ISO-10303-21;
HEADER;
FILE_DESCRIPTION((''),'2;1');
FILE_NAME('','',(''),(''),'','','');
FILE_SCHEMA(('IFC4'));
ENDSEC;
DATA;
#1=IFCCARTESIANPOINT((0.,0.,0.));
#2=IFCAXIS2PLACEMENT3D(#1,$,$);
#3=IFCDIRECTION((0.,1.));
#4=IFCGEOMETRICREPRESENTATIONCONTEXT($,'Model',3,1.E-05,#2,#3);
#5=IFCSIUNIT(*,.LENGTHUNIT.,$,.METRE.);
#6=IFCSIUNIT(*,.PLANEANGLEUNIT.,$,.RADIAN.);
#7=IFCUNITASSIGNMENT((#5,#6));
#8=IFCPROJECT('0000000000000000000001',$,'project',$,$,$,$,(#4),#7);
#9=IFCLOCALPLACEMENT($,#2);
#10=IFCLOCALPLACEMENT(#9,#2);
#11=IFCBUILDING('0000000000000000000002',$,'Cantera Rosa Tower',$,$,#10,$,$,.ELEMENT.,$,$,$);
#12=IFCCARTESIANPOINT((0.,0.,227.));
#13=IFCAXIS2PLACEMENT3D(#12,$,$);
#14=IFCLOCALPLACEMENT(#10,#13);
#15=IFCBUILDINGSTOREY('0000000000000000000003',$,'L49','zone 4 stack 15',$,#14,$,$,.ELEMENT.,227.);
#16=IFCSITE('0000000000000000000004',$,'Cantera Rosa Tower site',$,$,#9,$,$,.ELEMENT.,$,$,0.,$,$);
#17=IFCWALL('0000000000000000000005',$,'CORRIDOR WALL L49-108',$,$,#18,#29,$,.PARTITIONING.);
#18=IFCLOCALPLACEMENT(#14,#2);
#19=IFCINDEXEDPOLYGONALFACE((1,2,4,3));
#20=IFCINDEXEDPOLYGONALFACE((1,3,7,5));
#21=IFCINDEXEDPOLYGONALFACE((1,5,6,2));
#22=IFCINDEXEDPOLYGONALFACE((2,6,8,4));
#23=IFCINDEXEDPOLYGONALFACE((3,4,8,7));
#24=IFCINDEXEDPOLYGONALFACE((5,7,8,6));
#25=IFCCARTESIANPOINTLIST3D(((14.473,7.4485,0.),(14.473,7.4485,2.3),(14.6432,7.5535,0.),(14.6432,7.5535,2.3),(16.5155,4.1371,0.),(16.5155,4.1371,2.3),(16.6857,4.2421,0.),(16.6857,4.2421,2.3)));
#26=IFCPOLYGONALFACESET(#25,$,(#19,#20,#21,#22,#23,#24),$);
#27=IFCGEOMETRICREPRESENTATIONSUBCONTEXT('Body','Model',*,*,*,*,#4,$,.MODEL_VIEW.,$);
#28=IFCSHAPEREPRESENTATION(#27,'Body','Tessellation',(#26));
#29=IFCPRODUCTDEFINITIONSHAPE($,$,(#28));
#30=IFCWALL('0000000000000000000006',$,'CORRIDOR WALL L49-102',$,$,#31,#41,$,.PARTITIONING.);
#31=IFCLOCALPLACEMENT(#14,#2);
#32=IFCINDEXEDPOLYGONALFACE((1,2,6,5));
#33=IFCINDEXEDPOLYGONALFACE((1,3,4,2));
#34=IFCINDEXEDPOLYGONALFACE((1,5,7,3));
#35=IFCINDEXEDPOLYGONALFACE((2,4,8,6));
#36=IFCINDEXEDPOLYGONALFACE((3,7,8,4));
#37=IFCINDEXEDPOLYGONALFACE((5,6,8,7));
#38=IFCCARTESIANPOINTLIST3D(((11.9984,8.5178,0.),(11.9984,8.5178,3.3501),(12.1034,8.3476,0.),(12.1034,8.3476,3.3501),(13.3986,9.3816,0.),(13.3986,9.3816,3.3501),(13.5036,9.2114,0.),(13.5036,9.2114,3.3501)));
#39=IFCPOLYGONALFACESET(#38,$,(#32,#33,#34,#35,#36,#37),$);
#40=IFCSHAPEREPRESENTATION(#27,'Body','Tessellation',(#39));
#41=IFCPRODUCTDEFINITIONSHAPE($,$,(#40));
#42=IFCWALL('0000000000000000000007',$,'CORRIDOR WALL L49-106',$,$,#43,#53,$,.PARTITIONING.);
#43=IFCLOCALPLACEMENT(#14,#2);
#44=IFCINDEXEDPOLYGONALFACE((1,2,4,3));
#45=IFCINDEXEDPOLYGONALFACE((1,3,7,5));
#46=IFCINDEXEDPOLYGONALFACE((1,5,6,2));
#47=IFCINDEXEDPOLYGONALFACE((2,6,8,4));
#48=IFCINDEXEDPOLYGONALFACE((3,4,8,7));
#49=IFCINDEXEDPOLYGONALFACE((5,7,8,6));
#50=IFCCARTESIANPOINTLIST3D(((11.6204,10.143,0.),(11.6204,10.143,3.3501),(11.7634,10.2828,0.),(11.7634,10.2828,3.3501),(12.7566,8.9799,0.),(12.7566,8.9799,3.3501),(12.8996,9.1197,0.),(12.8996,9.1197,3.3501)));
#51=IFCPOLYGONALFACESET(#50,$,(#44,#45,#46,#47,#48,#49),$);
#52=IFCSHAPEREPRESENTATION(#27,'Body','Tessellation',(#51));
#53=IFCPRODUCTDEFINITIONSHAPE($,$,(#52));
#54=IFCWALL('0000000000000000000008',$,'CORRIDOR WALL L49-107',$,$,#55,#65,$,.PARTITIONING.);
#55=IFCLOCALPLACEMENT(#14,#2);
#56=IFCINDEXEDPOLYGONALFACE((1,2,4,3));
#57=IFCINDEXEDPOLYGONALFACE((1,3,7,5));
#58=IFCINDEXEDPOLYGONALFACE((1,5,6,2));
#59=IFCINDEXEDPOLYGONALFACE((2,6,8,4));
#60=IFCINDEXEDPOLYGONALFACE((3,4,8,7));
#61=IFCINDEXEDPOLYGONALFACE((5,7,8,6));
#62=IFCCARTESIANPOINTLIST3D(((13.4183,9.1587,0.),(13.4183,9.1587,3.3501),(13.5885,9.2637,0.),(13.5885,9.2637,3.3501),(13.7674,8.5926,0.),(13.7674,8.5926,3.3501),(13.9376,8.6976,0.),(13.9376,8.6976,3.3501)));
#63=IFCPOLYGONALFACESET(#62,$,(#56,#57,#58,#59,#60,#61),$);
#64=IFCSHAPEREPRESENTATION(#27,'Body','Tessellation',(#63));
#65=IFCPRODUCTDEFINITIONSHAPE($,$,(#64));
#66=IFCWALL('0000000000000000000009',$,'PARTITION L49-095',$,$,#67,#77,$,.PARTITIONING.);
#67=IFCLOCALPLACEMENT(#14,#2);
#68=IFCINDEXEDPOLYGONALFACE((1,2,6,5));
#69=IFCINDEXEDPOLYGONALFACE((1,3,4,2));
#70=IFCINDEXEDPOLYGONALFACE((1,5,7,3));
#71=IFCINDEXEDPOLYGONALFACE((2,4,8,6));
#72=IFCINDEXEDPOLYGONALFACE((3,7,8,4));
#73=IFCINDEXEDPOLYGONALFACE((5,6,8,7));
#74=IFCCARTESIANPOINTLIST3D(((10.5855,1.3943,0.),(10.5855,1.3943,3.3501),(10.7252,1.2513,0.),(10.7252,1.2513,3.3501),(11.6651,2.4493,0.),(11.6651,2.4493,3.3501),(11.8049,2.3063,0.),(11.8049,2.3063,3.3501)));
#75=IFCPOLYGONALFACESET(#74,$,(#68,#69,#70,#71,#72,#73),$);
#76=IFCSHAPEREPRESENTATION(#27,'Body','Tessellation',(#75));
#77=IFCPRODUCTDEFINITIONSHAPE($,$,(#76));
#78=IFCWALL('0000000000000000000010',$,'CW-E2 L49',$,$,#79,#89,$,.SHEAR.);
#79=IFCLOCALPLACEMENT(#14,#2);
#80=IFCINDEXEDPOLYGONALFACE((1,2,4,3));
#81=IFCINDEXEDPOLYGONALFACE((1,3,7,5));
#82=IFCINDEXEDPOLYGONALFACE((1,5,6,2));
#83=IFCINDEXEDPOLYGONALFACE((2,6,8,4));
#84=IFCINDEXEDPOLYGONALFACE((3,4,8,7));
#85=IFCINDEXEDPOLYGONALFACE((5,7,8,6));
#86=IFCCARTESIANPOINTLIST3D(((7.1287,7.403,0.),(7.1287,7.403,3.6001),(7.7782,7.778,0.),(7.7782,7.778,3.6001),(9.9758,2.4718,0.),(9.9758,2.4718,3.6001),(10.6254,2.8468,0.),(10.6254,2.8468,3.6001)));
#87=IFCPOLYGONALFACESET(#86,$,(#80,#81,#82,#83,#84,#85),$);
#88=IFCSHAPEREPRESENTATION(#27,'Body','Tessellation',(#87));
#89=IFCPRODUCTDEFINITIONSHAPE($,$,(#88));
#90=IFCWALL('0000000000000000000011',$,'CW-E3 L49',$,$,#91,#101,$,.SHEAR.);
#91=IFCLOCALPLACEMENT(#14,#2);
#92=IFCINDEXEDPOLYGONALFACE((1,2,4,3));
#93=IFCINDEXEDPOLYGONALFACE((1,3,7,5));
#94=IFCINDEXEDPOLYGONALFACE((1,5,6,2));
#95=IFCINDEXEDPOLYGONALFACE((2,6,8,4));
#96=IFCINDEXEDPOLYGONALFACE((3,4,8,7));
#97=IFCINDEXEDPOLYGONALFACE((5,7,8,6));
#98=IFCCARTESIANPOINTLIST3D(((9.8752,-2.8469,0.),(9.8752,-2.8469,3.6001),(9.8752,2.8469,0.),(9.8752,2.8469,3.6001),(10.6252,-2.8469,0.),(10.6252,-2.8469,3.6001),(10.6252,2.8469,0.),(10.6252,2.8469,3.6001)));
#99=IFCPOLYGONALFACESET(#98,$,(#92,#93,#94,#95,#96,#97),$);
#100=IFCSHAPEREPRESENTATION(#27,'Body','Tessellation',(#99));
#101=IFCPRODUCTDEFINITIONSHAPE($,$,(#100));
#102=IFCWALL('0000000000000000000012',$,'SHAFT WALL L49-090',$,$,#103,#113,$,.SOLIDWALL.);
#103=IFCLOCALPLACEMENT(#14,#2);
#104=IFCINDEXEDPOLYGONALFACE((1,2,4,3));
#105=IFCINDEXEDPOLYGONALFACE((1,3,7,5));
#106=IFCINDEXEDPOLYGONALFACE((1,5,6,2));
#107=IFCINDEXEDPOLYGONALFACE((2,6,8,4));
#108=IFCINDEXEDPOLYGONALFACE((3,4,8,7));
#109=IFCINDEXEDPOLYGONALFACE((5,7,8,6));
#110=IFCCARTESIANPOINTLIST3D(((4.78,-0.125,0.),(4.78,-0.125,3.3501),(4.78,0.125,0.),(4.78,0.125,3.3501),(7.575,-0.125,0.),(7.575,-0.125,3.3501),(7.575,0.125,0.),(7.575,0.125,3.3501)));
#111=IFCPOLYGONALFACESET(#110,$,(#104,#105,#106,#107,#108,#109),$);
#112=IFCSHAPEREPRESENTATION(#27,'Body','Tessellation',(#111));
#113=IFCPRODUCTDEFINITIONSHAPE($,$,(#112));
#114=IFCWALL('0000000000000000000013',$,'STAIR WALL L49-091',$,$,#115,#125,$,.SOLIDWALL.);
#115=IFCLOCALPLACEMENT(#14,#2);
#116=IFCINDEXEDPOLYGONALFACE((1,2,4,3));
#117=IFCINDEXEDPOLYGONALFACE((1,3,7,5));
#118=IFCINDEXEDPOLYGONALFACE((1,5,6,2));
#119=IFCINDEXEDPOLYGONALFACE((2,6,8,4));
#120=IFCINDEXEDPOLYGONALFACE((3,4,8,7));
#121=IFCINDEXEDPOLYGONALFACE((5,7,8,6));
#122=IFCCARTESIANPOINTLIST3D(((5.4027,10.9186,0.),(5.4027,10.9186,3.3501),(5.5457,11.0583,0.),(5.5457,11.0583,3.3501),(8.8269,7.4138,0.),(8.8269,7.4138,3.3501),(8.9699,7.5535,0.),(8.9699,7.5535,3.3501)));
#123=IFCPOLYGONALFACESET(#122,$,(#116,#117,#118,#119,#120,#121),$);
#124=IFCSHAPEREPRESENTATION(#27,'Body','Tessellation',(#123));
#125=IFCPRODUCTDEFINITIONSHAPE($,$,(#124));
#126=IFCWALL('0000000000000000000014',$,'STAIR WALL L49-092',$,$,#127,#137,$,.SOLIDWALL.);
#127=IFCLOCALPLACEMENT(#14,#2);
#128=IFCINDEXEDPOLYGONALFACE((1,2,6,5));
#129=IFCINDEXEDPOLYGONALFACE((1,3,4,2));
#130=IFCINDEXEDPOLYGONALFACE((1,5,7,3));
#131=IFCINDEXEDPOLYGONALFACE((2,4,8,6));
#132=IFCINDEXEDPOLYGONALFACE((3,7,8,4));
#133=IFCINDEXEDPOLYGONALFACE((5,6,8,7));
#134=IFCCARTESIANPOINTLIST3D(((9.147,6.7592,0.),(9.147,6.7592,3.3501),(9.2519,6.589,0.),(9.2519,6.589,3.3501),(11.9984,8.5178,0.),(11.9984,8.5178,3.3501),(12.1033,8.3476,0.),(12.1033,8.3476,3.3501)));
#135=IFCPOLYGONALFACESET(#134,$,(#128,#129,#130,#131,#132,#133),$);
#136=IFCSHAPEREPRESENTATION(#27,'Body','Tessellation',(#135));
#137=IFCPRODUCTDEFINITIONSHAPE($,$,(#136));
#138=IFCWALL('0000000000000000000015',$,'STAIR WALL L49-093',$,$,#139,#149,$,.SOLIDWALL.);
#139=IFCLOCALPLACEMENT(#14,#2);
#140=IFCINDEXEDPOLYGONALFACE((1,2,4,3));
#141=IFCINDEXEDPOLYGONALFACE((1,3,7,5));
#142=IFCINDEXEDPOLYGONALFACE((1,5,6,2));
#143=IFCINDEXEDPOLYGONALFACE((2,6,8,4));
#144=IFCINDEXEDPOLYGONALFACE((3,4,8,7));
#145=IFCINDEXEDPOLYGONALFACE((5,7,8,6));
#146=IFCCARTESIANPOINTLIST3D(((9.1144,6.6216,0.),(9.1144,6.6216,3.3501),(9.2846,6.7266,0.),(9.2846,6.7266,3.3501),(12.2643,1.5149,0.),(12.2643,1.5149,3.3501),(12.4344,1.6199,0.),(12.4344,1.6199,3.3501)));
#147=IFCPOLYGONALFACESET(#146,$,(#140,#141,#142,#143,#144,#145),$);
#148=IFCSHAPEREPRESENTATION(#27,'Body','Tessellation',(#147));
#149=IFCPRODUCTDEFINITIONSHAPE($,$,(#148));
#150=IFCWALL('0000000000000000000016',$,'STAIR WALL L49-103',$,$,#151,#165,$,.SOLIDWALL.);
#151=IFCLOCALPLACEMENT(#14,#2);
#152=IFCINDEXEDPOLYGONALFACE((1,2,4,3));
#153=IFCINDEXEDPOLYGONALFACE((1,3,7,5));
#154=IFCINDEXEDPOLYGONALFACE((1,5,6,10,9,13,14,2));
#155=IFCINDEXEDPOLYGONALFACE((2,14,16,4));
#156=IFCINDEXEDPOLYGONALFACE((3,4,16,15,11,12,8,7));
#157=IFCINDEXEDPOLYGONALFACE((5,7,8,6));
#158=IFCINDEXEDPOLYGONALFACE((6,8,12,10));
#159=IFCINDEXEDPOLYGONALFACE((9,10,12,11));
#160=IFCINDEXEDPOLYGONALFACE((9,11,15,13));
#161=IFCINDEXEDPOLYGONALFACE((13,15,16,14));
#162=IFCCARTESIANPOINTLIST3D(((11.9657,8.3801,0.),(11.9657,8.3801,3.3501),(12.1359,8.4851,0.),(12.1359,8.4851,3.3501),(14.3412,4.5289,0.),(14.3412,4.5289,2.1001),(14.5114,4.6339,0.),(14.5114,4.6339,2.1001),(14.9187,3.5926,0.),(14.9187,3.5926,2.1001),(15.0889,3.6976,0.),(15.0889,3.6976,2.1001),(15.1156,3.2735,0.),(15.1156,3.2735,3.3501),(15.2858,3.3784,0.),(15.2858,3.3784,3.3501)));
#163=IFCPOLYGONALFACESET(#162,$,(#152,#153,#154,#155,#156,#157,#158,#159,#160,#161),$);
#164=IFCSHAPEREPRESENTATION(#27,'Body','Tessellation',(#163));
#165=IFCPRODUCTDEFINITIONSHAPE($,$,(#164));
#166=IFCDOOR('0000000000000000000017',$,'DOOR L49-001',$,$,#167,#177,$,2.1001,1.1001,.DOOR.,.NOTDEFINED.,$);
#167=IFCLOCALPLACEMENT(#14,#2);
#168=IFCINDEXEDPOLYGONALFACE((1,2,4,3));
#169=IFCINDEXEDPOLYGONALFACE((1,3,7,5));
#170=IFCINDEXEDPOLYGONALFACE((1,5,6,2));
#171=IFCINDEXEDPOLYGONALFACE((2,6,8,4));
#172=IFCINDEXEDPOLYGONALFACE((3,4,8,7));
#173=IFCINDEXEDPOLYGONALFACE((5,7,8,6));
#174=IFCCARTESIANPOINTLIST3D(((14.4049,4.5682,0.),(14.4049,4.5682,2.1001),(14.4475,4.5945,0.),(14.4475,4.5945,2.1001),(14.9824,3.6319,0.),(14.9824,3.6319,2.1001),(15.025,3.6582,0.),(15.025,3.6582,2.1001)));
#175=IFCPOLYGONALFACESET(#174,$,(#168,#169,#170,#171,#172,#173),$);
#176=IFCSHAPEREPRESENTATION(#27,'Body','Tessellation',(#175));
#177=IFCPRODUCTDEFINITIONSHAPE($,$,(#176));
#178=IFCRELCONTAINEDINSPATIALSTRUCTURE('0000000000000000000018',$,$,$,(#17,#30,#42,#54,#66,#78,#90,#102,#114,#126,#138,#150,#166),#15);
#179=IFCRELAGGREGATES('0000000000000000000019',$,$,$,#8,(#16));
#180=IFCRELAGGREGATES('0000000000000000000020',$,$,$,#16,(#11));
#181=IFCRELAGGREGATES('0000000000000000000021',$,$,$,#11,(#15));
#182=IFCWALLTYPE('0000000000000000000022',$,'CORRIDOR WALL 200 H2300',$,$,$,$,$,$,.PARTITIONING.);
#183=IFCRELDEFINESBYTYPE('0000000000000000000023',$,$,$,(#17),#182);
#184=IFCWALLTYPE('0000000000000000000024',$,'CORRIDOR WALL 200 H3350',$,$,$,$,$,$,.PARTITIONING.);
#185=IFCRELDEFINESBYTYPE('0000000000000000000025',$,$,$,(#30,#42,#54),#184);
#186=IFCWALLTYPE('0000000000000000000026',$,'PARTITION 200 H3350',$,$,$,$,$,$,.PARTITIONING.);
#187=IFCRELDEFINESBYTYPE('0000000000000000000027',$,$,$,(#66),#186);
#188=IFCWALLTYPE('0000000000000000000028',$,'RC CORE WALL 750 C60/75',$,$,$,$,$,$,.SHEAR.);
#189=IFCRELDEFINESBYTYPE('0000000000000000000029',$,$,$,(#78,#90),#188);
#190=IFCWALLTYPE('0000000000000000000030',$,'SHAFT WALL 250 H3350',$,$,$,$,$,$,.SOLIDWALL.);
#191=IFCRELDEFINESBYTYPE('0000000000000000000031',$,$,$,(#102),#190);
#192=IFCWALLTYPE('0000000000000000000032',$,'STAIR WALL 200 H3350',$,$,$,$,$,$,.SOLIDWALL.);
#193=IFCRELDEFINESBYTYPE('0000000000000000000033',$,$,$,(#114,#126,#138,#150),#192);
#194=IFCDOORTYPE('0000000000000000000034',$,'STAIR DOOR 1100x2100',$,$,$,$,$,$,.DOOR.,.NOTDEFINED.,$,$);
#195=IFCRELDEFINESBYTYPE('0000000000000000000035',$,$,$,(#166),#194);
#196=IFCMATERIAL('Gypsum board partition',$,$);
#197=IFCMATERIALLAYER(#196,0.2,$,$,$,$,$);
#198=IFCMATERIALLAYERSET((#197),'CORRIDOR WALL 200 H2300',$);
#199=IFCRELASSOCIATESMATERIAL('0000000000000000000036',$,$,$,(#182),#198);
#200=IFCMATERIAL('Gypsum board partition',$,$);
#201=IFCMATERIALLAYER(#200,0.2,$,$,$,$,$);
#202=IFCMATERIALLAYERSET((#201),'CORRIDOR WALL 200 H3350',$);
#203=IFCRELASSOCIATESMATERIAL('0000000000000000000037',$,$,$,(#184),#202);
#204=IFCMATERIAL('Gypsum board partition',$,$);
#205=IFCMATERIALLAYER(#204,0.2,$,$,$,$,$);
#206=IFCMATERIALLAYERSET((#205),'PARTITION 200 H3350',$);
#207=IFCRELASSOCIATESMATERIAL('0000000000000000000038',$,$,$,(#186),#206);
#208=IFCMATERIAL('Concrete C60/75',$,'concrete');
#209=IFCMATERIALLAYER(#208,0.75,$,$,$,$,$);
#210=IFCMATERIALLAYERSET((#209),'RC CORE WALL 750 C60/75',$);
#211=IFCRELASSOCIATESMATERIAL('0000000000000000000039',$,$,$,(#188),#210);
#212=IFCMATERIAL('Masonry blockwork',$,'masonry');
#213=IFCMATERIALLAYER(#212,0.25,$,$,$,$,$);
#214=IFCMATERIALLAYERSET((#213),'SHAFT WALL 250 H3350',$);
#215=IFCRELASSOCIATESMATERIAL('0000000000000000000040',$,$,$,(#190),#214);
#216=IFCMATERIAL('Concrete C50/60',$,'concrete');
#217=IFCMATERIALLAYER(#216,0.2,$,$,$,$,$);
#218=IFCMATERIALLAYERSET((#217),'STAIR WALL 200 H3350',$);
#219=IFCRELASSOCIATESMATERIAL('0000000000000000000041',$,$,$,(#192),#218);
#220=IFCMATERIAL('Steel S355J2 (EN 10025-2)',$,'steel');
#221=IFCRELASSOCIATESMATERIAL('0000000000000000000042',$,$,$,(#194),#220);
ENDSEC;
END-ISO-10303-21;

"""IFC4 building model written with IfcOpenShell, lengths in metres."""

from ifc_helpers import new_model, si_unit, direction, frame, frame_2d, origin, place, context, subcontext, project, spatial, rectangle, extrude, material, layer, layer_set, type_object, element, fill, save


model = new_model("IFC4")

# Units and contexts
model_context = context("Model", 3, precision=1e-05, world=origin(), true_north=direction((0.0, 1.0)))
body_context = subcontext(model_context, "Body", "Model", "MODEL_VIEW")
ifc_project = project(units=[si_unit("LENGTHUNIT", "METRE"), si_unit("PLANEANGLEUNIT", "RADIAN")], contexts=[model_context])

# Site, building, storey
site_placement = place(None, origin())
site = spatial("IfcSite", under=ifc_project, at=site_placement, Name="Cantera Rosa Tower site", CompositionType="ELEMENT", RefElevation=0.0)
building_placement = place(site_placement, origin())
building = spatial("IfcBuilding", under=site, at=building_placement, Name="Cantera Rosa Tower", CompositionType="ELEMENT")
storey_placement = place(building_placement, frame((0.0, 0.0, 227.0)))
storey = spatial("IfcBuildingStorey", under=building, at=storey_placement, Name="L49", Description="zone 4 stack 15", CompositionType="ELEMENT", Elevation=227.0)

# Walls
ifc_material_1 = material(Name="Gypsum board partition")
ifc_layer_1 = layer(ifc_material_1, 0.2)
ifc_layer_set_1 = layer_set([ifc_layer_1], Name="CORRIDOR WALL 200 H2300")
wall_type_1 = type_object("IfcWallType", Name="CORRIDOR WALL 200 H2300", PredefinedType="PARTITIONING", material=ifc_layer_set_1)
wall_1_placement = place(storey_placement, frame((14.5581, 7.501, 0.0), z_axis=(0.0, 0.0, 1.0), x_axis=(0.524986, -0.851111, 0.0)))
element("IfcWall", 1, at=wall_1_placement, inside=storey, type_object=wall_type_1, Name="CORRIDOR WALL L49-108", PredefinedType="PARTITIONING", context=body_context, shape_type="SweptSolid", body=[
    extrude(rectangle(XDim=3.8906, YDim=0.2, at=frame_2d((1.9453, 0.0))), origin(), (0.0, 0.0, 1.0), 2.3),
])
ifc_material_2 = material(Name="Gypsum board partition")
ifc_layer_2 = layer(ifc_material_2, 0.2)
ifc_layer_set_2 = layer_set([ifc_layer_2], Name="CORRIDOR WALL 200 H3350")
wall_type_2 = type_object("IfcWallType", Name="CORRIDOR WALL 200 H3350", PredefinedType="PARTITIONING", material=ifc_layer_set_2)
wall_2_placement = place(storey_placement, frame((12.0508, 8.4326, 0.0), z_axis=(0.0, 0.0, 1.0), x_axis=(0.851077, 0.525041, 0.0)))
element("IfcWall", 2, at=wall_2_placement, inside=storey, type_object=wall_type_2, Name="CORRIDOR WALL L49-102", PredefinedType="PARTITIONING", context=body_context, shape_type="SweptSolid", body=[
    extrude(rectangle(XDim=1.6453, YDim=0.2, at=frame_2d((0.8228, 0.0))), origin(), (0.0, 0.0, 1.0), 3.3501),
])
wall_3_placement = place(storey_placement, frame((12.8281, 9.0498, 0.0), z_axis=(0.0, 0.0, 1.0), x_axis=(-0.6988, 0.715317, 0.0)))
element("IfcWall", 3, at=wall_3_placement, inside=storey, type_object=wall_type_2, Name="CORRIDOR WALL L49-106", PredefinedType="PARTITIONING", context=body_context, shape_type="SweptSolid", body=[
    extrude(rectangle(XDim=1.626, YDim=0.2, at=frame_2d((0.813, 0.0))), origin(), (0.0, 0.0, 1.0), 3.3501),
])
wall_4_placement = place(storey_placement, frame((13.5034, 9.2112, 0.0), z_axis=(0.0, 0.0, 1.0), x_axis=(0.524875, -0.851179, 0.0)))
element("IfcWall", 4, at=wall_4_placement, inside=storey, type_object=wall_type_2, Name="CORRIDOR WALL L49-107", PredefinedType="PARTITIONING", context=body_context, shape_type="SweptSolid", body=[
    extrude(rectangle(XDim=0.665, YDim=0.2, at=frame_2d((0.3325, 0.0))), origin(), (0.0, 0.0, 1.0), 3.3501),
])
ifc_material_3 = material(Name="Gypsum board partition")
ifc_layer_3 = layer(ifc_material_3, 0.2)
ifc_layer_set_3 = layer_set([ifc_layer_3], Name="PARTITION 200 H3350")
wall_type_3 = type_object("IfcWallType", Name="PARTITION 200 H3350", PredefinedType="PARTITIONING", material=ifc_layer_set_3)
wall_5_placement = place(storey_placement, frame((10.6553, 1.3228, 0.0), z_axis=(0.0, 0.0, 1.0), x_axis=(0.715228, 0.698892, 0.0)))
element("IfcWall", 5, at=wall_5_placement, inside=storey, type_object=wall_type_3, Name="PARTITION L49-095", PredefinedType="PARTITIONING", context=body_context, shape_type="SweptSolid", body=[
    extrude(rectangle(XDim=1.5095, YDim=0.2, at=frame_2d((0.7549, 0.0))), origin(), (0.0, 0.0, 1.0), 3.3501),
])
ifc_material_4 = material(Name="Concrete C60/75", Category="concrete")
ifc_layer_4 = layer(ifc_material_4, 0.75)
ifc_layer_set_4 = layer_set([ifc_layer_4], Name="RC CORE WALL 750 C60/75")
wall_type_4 = type_object("IfcWallType", Name="RC CORE WALL 750 C60/75", PredefinedType="SHEAR", material=ifc_layer_set_4)
wall_6_placement = place(storey_placement, frame((7.4534, 7.5906, 0.0), z_axis=(0.0, 0.0, 1.0), x_axis=(0.500022, -0.866013, 0.0)))
element("IfcWall", 6, at=wall_6_placement, inside=storey, type_object=wall_type_4, Name="CW-E2 L49", PredefinedType="SHEAR", context=body_context, shape_type="SweptSolid", body=[
    extrude(rectangle(XDim=5.6941, YDim=0.75, at=frame_2d((2.8472, 0.0))), origin(), (0.0, 0.0, 1.0), 3.6001),
])
wall_7_placement = place(storey_placement, frame((10.2502, 2.8469, 0.0), z_axis=(0.0, 0.0, 1.0), x_axis=(0.0, -1.0, 0.0)))
element("IfcWall", 7, at=wall_7_placement, inside=storey, type_object=wall_type_4, Name="CW-E3 L49", PredefinedType="SHEAR", context=body_context, shape_type="SweptSolid", body=[
    extrude(rectangle(XDim=5.6938, YDim=0.75, at=frame_2d((2.8469, 0.0))), origin(), (0.0, 0.0, 1.0), 3.6001),
])
ifc_material_5 = material(Name="Masonry blockwork", Category="masonry")
ifc_layer_5 = layer(ifc_material_5, 0.25)
ifc_layer_set_5 = layer_set([ifc_layer_5], Name="SHAFT WALL 250 H3350")
wall_type_5 = type_object("IfcWallType", Name="SHAFT WALL 250 H3350", PredefinedType="SOLIDWALL", material=ifc_layer_set_5)
wall_8_placement = place(storey_placement, frame((7.575, 0.0, 0.0), z_axis=(0.0, 0.0, 1.0), x_axis=(-1.0, 0.0, 0.0)))
element("IfcWall", 8, at=wall_8_placement, inside=storey, type_object=wall_type_5, Name="SHAFT WALL L49-090", PredefinedType="SOLIDWALL", context=body_context, shape_type="SweptSolid", body=[
    extrude(rectangle(XDim=2.7949, YDim=0.25, at=frame_2d((1.3975, 0.0))), origin(), (0.0, 0.0, 1.0), 3.3501),
])
ifc_material_6 = material(Name="Concrete C50/60", Category="concrete")
ifc_layer_6 = layer(ifc_material_6, 0.2)
ifc_layer_set_6 = layer_set([ifc_layer_6], Name="STAIR WALL 200 H3350")
wall_type_6 = type_object("IfcWallType", Name="STAIR WALL 200 H3350", PredefinedType="SOLIDWALL", material=ifc_layer_set_6)
wall_9_placement = place(storey_placement, frame((8.8984, 7.4836, 0.0), z_axis=(0.0, 0.0, 1.0), x_axis=(-0.698838, 0.71528, 0.0)))
element("IfcWall", 9, at=wall_9_placement, inside=storey, type_object=wall_type_6, Name="STAIR WALL L49-091", PredefinedType="SOLIDWALL", context=body_context, shape_type="SweptSolid", body=[
    extrude(rectangle(XDim=4.8999, YDim=0.2, at=frame_2d((2.45, 0.0))), origin(), (0.0, 0.0, 1.0), 3.3501),
])
wall_10_placement = place(storey_placement, frame((9.1995, 6.6741, 0.0), z_axis=(0.0, 0.0, 1.0), x_axis=(0.85114, 0.524939, 0.0)))
element("IfcWall", 10, at=wall_10_placement, inside=storey, type_object=wall_type_6, Name="STAIR WALL L49-092", PredefinedType="SOLIDWALL", context=body_context, shape_type="SweptSolid", body=[
    extrude(rectangle(XDim=3.3501, YDim=0.2, at=frame_2d((1.675, 0.0))), origin(), (0.0, 0.0, 1.0), 3.3501),
])
wall_11_placement = place(storey_placement, frame((9.1995, 6.6741, 0.0), z_axis=(0.0, 0.0, 1.0), x_axis=(0.524983, -0.851113, 0.0)))
element("IfcWall", 11, at=wall_11_placement, inside=storey, type_object=wall_type_6, Name="STAIR WALL L49-093", PredefinedType="SOLIDWALL", context=body_context, shape_type="SweptSolid", body=[
    extrude(rectangle(XDim=6.0, YDim=0.2, at=frame_2d((3.0, 0.0))), origin(), (0.0, 0.0, 1.0), 3.3501),
])

# Wall, opening, door
wall_12_placement = place(storey_placement, frame((12.0508, 8.4326, 0.0), z_axis=(0.0, 0.0, 1.0), x_axis=(0.524983, -0.851113, 0.0)))
wall_12 = element("IfcWall", 12, at=wall_12_placement, inside=storey, type_object=wall_type_6, Name="STAIR WALL L49-103", PredefinedType="SOLIDWALL", context=body_context, shape_type="SweptSolid", body=[
    extrude(rectangle(XDim=6.0, YDim=0.2, at=frame_2d((3.0, 0.0))), origin(), (0.0, 0.0, 1.0), 3.3501),
])
opening_placement = place(wall_12_placement, frame((4.5249, 0.0, 0.0)))
opening = element("IfcOpeningElement", 13, at=opening_placement, cuts=wall_12, PredefinedType="OPENING", context=body_context, shape_type="SweptSolid", body=[
    extrude(rectangle(XDim=1.1001, YDim=2.1001, at=frame_2d((0.55, 1.05))), frame((0.0, 0.1099, 0.0), z_axis=(0.0, -1.0, 0.0), x_axis=(1.0, 0.0, 0.0)), (0.0, 0.0, 1.0), 0.22),
])
ifc_material_7 = material(Name="Steel S355J2 (EN 10025-2)", Category="steel")
door_type = type_object("IfcDoorType", Name="STAIR DOOR 1100x2100", OperationType="NOTDEFINED", PredefinedType="DOOR", material=ifc_material_7)
door_placement = place(opening_placement, origin())
door = element("IfcDoor", 14, at=door_placement, inside=storey, type_object=door_type, Name="DOOR L49-001", OperationType="NOTDEFINED", OverallHeight=2.1001, OverallWidth=1.1001, PredefinedType="DOOR", context=body_context, shape_type="SweptSolid", body=[
    extrude(rectangle(XDim=1.1001, YDim=2.1001, at=frame_2d((0.55, 1.05))), frame((0.0, 0.0249, 0.0), z_axis=(0.0, -1.0, 0.0), x_axis=(1.0, 0.0, 0.0)), (0.0, 0.0, 1.0), 0.05),
])
fill(opening, door)

save(model, "model.ifc")
